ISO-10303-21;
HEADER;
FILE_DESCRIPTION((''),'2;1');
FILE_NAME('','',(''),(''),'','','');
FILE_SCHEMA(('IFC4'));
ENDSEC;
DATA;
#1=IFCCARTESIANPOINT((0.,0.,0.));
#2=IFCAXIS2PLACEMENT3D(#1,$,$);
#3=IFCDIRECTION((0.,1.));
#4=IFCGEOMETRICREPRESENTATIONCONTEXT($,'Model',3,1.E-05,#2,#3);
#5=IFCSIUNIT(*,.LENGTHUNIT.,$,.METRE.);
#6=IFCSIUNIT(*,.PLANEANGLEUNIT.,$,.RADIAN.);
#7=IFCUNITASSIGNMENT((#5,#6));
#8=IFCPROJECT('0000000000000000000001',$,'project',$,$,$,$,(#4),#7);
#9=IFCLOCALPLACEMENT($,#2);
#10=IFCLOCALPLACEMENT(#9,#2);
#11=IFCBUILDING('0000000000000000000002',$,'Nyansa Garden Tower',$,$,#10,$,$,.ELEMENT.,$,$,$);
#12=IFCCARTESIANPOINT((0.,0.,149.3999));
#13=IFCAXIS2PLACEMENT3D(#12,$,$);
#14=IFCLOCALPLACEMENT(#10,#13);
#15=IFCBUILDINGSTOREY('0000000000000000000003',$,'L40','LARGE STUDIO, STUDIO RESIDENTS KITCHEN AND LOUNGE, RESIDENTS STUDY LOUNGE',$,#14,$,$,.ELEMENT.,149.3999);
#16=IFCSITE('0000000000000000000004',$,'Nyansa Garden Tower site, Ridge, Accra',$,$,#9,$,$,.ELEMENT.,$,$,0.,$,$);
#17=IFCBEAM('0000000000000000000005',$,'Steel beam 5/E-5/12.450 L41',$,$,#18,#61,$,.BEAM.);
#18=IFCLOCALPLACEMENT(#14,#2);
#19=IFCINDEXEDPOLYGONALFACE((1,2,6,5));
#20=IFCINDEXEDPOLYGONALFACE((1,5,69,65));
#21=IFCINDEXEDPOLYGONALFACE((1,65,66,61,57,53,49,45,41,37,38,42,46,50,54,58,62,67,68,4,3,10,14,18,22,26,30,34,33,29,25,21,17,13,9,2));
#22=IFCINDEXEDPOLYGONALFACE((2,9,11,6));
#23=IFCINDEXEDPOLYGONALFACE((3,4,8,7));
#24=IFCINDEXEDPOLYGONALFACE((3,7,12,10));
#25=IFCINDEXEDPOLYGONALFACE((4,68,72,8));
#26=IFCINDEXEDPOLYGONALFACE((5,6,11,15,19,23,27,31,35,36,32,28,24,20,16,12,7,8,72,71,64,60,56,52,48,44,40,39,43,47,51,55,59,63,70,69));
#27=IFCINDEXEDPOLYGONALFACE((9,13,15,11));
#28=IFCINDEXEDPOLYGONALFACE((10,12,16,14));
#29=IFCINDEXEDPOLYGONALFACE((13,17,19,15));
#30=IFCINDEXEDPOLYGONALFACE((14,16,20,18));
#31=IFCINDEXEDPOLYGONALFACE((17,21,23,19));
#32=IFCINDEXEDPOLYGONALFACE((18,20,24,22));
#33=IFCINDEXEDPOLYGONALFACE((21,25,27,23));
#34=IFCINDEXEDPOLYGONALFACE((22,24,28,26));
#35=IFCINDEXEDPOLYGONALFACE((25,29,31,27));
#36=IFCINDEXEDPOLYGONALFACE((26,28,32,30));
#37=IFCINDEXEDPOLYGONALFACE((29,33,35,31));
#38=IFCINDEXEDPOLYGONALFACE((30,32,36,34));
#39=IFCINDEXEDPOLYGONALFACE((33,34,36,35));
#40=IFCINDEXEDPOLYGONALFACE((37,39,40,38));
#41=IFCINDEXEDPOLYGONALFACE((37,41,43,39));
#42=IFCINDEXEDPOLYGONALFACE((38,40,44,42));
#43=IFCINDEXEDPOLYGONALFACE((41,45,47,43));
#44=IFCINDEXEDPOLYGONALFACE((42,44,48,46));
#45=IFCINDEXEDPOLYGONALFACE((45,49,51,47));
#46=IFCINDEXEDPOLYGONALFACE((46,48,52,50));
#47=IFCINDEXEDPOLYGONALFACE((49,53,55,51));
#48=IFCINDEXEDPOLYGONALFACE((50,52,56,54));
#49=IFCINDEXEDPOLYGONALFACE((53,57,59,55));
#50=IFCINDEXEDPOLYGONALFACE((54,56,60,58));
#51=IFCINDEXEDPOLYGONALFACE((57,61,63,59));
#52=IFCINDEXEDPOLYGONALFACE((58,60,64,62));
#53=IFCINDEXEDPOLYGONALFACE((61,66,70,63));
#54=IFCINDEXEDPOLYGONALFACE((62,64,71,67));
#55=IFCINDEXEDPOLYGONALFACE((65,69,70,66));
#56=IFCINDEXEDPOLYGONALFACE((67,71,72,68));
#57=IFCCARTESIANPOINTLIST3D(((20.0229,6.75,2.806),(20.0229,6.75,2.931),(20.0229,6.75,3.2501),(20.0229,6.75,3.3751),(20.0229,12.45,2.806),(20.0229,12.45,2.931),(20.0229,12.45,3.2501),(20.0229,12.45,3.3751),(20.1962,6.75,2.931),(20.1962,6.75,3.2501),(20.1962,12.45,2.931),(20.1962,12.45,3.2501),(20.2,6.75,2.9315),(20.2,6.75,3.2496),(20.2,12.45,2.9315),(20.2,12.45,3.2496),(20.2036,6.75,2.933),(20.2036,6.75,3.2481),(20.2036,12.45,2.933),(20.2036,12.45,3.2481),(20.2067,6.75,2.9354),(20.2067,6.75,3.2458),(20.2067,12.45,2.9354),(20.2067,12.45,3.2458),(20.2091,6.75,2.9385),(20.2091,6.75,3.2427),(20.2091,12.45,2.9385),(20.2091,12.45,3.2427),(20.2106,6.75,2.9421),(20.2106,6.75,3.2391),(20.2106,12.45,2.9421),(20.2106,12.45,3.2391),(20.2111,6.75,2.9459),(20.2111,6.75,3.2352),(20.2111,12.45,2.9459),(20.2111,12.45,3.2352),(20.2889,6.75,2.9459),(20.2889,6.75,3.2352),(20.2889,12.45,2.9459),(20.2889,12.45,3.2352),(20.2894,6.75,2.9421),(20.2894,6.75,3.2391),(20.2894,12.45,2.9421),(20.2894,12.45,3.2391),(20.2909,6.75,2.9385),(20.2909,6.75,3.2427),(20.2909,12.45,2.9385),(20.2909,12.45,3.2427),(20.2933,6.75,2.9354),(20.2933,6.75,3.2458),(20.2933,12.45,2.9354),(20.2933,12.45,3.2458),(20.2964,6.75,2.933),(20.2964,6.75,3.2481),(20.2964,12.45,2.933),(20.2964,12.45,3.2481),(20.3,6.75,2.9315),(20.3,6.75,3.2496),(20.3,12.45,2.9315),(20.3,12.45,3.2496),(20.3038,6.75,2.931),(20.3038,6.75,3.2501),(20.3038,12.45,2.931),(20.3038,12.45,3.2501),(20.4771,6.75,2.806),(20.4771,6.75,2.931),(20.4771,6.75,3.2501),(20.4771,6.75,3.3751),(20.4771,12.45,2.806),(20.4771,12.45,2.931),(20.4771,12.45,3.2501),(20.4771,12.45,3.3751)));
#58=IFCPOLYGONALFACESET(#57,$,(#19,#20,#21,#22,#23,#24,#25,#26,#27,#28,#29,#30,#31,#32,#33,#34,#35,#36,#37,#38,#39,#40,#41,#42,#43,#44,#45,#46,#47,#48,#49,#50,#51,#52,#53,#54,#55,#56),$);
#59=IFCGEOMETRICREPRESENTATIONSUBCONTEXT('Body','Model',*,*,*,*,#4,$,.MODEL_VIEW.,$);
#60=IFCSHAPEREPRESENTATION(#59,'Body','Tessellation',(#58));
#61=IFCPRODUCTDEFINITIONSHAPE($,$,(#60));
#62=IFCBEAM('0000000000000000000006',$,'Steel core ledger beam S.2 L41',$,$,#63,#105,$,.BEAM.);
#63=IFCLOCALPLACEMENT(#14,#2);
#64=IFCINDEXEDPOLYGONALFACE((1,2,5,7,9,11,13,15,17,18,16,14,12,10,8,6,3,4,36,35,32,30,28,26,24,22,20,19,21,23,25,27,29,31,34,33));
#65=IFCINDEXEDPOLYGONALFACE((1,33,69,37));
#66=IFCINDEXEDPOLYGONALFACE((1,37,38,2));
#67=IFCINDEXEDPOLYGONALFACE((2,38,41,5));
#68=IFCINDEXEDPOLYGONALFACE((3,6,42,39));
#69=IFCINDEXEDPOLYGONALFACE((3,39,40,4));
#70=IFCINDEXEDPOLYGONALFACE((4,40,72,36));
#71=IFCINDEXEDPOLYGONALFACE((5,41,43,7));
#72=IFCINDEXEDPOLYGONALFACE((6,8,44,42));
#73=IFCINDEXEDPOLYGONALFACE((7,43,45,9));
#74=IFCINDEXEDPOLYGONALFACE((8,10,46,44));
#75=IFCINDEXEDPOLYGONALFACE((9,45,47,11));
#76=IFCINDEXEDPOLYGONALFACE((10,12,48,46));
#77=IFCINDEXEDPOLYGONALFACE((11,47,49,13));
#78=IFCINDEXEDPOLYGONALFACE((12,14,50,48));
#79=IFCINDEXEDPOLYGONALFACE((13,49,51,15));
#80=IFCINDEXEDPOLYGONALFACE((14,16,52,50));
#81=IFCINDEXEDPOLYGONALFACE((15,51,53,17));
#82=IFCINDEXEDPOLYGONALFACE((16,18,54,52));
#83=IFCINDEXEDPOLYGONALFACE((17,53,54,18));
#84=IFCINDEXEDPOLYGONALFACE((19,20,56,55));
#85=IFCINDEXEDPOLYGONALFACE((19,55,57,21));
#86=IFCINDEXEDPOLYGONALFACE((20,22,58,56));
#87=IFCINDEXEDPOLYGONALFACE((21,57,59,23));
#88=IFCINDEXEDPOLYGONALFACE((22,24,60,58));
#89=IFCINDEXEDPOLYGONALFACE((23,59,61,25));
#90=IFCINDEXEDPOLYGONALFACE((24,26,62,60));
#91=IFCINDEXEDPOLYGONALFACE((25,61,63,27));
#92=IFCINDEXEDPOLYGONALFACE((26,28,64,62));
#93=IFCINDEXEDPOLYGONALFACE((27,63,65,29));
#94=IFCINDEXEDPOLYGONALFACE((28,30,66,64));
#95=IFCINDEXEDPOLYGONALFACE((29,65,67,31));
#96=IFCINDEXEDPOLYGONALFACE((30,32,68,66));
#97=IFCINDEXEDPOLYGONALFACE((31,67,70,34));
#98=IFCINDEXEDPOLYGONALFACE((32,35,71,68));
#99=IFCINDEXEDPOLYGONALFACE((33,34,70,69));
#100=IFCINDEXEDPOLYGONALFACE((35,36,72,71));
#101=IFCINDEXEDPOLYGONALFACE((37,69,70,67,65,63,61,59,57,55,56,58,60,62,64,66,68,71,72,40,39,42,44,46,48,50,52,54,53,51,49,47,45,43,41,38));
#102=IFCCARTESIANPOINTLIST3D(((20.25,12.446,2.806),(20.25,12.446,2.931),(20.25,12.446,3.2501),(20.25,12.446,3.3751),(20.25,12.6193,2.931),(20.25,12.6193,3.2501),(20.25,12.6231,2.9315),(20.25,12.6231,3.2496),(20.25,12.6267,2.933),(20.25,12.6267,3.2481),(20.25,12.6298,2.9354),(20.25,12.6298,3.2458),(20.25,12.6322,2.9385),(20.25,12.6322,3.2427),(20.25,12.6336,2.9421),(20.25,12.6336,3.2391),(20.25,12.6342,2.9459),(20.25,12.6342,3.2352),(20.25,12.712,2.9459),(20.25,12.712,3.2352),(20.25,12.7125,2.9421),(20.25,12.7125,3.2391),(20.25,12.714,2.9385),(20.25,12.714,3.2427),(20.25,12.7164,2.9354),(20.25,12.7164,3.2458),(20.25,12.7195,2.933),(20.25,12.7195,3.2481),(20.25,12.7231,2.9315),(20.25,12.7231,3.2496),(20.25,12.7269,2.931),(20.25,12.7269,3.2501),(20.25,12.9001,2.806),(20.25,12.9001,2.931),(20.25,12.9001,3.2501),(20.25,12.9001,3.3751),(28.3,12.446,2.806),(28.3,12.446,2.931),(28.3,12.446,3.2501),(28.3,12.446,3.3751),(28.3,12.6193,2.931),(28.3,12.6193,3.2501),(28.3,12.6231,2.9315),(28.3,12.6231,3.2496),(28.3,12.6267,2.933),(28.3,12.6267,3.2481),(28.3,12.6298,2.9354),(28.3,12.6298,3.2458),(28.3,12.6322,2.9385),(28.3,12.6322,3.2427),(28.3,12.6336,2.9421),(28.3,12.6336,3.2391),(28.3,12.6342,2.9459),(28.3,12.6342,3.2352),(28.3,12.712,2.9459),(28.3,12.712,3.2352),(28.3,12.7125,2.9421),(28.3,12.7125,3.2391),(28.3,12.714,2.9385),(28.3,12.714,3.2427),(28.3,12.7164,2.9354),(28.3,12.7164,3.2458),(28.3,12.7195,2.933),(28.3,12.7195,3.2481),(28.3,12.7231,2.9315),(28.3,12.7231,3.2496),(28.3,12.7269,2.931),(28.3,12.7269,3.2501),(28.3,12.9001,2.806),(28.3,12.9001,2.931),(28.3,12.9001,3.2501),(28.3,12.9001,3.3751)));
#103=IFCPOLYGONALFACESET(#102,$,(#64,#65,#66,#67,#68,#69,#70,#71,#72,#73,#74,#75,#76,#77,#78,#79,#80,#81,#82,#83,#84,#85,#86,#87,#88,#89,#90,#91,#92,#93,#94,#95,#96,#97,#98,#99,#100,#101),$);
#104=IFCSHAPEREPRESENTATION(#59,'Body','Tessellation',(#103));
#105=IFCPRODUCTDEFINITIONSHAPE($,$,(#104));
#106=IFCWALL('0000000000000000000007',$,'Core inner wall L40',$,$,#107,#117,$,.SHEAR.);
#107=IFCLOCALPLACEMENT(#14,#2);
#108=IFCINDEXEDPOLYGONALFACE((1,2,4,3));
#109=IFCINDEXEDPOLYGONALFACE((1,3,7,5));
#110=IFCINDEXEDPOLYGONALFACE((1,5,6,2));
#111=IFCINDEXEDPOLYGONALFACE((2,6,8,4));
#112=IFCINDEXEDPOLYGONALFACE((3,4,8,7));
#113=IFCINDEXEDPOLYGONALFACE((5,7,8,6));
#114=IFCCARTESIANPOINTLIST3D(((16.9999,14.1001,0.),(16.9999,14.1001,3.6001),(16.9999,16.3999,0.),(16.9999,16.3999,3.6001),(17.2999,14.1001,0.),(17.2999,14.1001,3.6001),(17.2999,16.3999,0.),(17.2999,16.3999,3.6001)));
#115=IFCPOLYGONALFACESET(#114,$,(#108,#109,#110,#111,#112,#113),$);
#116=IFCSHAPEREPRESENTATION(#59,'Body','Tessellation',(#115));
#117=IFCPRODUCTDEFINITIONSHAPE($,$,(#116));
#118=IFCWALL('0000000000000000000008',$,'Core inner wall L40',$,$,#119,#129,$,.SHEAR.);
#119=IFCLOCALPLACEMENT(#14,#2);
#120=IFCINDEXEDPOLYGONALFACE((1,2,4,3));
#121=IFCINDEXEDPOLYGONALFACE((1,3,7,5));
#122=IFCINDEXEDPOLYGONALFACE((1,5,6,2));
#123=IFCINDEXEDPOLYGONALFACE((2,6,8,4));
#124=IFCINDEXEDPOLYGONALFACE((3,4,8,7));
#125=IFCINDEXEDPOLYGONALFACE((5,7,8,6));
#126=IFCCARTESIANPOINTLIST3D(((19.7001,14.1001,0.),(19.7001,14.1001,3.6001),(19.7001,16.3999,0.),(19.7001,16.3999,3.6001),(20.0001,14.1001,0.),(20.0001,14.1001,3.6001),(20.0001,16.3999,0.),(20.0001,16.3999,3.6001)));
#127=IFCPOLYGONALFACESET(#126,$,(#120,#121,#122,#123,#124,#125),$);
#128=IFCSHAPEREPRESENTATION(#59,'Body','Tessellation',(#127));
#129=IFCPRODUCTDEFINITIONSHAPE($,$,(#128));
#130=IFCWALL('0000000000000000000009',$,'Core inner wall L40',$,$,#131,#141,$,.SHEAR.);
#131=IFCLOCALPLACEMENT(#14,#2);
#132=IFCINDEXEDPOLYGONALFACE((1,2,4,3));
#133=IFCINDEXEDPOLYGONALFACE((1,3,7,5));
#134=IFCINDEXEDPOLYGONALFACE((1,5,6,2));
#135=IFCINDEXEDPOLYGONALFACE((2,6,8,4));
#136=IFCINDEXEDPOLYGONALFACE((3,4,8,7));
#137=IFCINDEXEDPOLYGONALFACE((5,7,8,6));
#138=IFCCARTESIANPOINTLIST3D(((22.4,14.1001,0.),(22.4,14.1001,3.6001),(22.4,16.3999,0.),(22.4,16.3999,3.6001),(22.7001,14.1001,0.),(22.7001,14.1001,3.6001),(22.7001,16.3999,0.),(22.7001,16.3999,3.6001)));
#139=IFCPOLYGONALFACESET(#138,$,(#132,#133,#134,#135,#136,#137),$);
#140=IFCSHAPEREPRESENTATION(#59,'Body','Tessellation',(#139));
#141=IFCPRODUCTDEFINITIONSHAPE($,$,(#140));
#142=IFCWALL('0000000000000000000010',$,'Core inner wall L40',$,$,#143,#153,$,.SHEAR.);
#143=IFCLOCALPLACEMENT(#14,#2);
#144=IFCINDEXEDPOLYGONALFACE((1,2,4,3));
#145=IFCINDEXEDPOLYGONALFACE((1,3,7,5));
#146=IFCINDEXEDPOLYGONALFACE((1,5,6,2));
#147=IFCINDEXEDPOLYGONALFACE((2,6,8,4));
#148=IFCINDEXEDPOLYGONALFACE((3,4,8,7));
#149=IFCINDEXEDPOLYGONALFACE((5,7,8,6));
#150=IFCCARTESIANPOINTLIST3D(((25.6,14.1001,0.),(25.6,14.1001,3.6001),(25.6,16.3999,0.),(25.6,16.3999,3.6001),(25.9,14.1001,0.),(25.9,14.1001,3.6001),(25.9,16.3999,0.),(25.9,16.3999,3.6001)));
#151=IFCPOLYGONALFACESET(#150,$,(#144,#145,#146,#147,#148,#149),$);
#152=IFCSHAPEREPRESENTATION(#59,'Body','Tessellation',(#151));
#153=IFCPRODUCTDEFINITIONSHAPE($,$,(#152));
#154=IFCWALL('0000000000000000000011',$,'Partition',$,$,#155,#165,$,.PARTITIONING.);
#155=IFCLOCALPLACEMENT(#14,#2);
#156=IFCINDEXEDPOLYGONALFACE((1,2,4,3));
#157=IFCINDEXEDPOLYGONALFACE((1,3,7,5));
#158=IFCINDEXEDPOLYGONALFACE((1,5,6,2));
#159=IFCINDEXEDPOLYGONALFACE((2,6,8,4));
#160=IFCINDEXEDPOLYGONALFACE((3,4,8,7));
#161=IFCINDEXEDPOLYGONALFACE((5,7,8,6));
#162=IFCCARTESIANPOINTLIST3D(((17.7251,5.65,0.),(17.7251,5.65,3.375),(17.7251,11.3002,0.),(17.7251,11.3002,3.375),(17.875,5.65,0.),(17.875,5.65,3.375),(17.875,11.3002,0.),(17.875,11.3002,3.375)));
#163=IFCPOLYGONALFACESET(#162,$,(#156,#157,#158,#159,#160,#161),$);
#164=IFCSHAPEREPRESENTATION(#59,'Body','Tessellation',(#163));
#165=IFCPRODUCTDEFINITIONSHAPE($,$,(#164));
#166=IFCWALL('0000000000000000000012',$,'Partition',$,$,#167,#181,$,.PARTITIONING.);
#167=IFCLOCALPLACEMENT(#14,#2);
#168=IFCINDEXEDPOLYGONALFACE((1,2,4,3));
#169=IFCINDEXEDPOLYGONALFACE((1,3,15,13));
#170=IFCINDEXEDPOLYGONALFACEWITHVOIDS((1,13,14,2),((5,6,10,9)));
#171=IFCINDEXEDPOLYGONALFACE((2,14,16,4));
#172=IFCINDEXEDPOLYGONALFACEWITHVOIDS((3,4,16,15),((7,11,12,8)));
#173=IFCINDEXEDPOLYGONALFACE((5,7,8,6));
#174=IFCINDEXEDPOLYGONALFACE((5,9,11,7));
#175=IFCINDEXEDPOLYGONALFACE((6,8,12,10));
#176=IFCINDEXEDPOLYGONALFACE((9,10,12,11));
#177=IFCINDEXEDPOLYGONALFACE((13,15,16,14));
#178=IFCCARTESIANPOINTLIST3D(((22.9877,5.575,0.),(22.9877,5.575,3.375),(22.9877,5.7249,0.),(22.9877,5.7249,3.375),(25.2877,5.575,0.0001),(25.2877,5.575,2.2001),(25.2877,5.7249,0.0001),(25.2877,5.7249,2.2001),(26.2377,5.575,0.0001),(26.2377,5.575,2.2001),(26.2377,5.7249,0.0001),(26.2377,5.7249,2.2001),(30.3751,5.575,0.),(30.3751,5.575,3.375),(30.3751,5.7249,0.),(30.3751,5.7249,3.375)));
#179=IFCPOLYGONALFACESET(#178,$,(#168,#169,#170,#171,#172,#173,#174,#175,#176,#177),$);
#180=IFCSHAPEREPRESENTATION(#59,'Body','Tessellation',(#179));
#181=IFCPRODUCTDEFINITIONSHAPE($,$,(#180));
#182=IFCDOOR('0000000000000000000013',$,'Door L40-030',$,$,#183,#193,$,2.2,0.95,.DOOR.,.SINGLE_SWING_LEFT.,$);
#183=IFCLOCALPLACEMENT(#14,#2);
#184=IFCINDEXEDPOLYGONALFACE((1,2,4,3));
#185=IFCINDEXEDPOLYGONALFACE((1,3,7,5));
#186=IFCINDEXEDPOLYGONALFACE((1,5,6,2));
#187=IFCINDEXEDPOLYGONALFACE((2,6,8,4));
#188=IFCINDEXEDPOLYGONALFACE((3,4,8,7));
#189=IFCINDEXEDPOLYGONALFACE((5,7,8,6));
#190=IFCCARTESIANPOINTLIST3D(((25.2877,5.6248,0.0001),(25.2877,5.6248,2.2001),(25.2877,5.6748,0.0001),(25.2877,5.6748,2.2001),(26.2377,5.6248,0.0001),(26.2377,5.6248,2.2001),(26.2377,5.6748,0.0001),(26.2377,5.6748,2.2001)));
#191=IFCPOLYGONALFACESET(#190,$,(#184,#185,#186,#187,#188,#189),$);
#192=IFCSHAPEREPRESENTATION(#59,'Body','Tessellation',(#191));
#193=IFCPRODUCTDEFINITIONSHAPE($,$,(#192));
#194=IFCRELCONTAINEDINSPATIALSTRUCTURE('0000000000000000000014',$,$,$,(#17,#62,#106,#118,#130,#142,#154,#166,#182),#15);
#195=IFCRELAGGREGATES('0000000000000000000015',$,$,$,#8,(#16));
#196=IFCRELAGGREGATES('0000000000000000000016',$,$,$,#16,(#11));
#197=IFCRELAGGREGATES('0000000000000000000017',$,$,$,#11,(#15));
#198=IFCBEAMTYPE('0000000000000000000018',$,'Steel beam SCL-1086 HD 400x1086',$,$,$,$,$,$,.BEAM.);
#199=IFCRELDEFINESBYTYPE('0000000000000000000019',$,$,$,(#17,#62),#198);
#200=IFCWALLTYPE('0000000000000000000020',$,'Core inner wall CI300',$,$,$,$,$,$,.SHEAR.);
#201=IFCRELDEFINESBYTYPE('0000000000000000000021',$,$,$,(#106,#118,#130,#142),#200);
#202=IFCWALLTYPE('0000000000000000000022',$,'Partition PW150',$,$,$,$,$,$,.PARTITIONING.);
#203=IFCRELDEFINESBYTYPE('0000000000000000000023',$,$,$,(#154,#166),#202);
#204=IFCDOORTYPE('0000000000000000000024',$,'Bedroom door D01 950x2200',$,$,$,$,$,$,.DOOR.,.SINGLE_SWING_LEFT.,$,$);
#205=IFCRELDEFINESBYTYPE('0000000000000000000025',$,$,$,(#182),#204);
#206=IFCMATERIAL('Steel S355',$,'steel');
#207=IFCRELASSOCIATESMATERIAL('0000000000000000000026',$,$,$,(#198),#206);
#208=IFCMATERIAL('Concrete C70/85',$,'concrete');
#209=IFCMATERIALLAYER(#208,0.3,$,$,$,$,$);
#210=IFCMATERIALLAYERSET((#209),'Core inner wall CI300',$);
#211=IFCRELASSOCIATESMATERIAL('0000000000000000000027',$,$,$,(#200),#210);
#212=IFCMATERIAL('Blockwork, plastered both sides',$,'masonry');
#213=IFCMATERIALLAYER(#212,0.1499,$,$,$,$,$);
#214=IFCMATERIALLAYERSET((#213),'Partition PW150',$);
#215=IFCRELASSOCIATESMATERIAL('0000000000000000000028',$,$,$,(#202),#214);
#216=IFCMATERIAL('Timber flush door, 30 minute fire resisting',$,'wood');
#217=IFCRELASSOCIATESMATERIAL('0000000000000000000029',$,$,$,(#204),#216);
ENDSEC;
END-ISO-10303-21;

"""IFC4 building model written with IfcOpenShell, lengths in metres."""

from ifc_helpers import new_model, si_unit, direction, frame, frame_2d, origin, origin_2d, place, context, subcontext, project, spatial, rectangle, i_section, extrude, material, layer, layer_set, material_profile, profile_set, type_object, element, fill, save


model = new_model("IFC4")

# Units and contexts
model_context = context("Model", 3, precision=1e-05, world=origin(), true_north=direction((0.0, 1.0)))
body_context = subcontext(model_context, "Body", "Model", "MODEL_VIEW")
ifc_project = project(units=[si_unit("LENGTHUNIT", "METRE"), si_unit("PLANEANGLEUNIT", "RADIAN")], contexts=[model_context])

# Site, building, storey
site_placement = place(None, origin())
site = spatial("IfcSite", under=ifc_project, at=site_placement, Name="Nyansa Garden Tower site, Ridge, Accra", CompositionType="ELEMENT", RefElevation=0.0)
building_placement = place(site_placement, origin())
building = spatial("IfcBuilding", under=site, at=building_placement, Name="Nyansa Garden Tower", CompositionType="ELEMENT")
storey_placement = place(building_placement, frame((0.0, 0.0, 149.3999)))
storey = spatial("IfcBuildingStorey", under=building, at=storey_placement, Name="L40", Description="LARGE STUDIO, STUDIO RESIDENTS KITCHEN AND LOUNGE, RESIDENTS STUDY LOUNGE", CompositionType="ELEMENT", Elevation=149.3999)

# Beams
ifc_material_1 = material(Name="Steel S355", Category="steel")
ifc_material_profile_1 = material_profile(ifc_material_1, i_section(OverallWidth=0.4541, OverallDepth=0.5691, WebThickness=0.0779, FlangeThickness=0.125, FilletRadius=0.0149, at=origin_2d()), Name="HD 400x1086")
ifc_profile_set_1 = profile_set([ifc_material_profile_1], Name="Steel S355")
beam_type_1 = type_object("IfcBeamType", Name="Steel beam SCL-1086 HD 400x1086", PredefinedType="BEAM", material=ifc_profile_set_1)
beam_1_placement = place(storey_placement, frame((20.25, 6.75, 3.0906), z_axis=(0.0, 1.0, 0.0), x_axis=(-1.0, 0.0, 0.0)))
element("IfcBeam", 1, at=beam_1_placement, inside=storey, type_object=beam_type_1, Name="Steel beam 5/E-5/12.450 L41", PredefinedType="BEAM", context=body_context, shape_type="SweptSolid", body=[
    extrude(i_section(OverallWidth=0.4541, OverallDepth=0.5691, WebThickness=0.0779, FlangeThickness=0.125, FilletRadius=0.0149, at=origin_2d()), origin(), (0.0, 0.0, 1.0), 5.7),
])
beam_2_placement = place(storey_placement, frame((20.25, 12.6731, 3.0906), z_axis=(1.0, 0.0, 0.0), x_axis=(0.0, 1.0, 0.0)))
element("IfcBeam", 2, at=beam_2_placement, inside=storey, type_object=beam_type_1, Name="Steel core ledger beam S.2 L41", PredefinedType="BEAM", context=body_context, shape_type="SweptSolid", body=[
    extrude(i_section(OverallWidth=0.4541, OverallDepth=0.5691, WebThickness=0.0779, FlangeThickness=0.125, FilletRadius=0.0149, at=origin_2d()), origin(), (0.0, 0.0, 1.0), 8.05),
])

# Walls
ifc_material_2 = material(Name="Concrete C70/85", Category="concrete")
ifc_layer_1 = layer(ifc_material_2, 0.3)
ifc_layer_set_1 = layer_set([ifc_layer_1], Name="Core inner wall CI300")
wall_type_1 = type_object("IfcWallType", Name="Core inner wall CI300", PredefinedType="SHEAR", material=ifc_layer_set_1)
for number, where, z_axis, x_axis, name in (
    (3, (17.1499, 14.1001, 0.0), (0.0, 0.0, 1.0), (0.0, 1.0, 0.0), "Core inner wall L40"),
    (4, (19.8501, 14.1001, 0.0), (0.0, 0.0, 1.0), (0.0, 1.0, 0.0), "Core inner wall L40"),
    (5, (22.55, 14.1001, 0.0), (0.0, 0.0, 1.0), (0.0, 1.0, 0.0), "Core inner wall L40"),
    (6, (25.75, 14.1001, 0.0), (0.0, 0.0, 1.0), (0.0, 1.0, 0.0), "Core inner wall L40"),
):
    element("IfcWall", number, at=place(storey_placement, frame(where, z_axis=z_axis, x_axis=x_axis)), inside=storey, type_object=wall_type_1, Name=name, PredefinedType="SHEAR", context=body_context, shape_type="SweptSolid", body=[
        extrude(rectangle(XDim=2.2998, YDim=0.3, at=frame_2d((1.1499, 0.0))), origin(), (0.0, 0.0, 1.0), 3.6001),
    ])
ifc_material_3 = material(Name="Blockwork, plastered both sides", Category="masonry")
ifc_layer_2 = layer(ifc_material_3, 0.1499)
ifc_layer_set_2 = layer_set([ifc_layer_2], Name="Partition PW150")
wall_type_2 = type_object("IfcWallType", Name="Partition PW150", PredefinedType="PARTITIONING", material=ifc_layer_set_2)
wall_1_placement = place(storey_placement, frame((17.8, 5.6499, 0.0), z_axis=(0.0, 0.0, 1.0), x_axis=(0.0, 1.0, 0.0)))
element("IfcWall", 7, at=wall_1_placement, inside=storey, type_object=wall_type_2, Name="Partition", PredefinedType="PARTITIONING", context=body_context, shape_type="SweptSolid", body=[
    extrude(rectangle(XDim=5.6501, YDim=0.1499, at=frame_2d((2.8252, 0.0))), origin(), (0.0, 0.0, 1.0), 3.375),
])

# Wall, opening, door
wall_2_placement = place(storey_placement, frame((22.9875, 5.6499, 0.0), z_axis=(0.0, 0.0, 1.0), x_axis=(1.0, 0.0, 0.0)))
wall_2 = element("IfcWall", 8, at=wall_2_placement, inside=storey, type_object=wall_type_2, Name="Partition", PredefinedType="PARTITIONING", context=body_context, shape_type="SweptSolid", body=[
    extrude(rectangle(XDim=7.3875, YDim=0.1499, at=frame_2d((3.6938, 0.0))), origin(), (0.0, 0.0, 1.0), 3.375),
])
opening_1_placement = place(wall_2_placement, frame((2.3, 0.0, 0.0)))
opening_1 = element("IfcOpeningElement", 9, at=opening_1_placement, cuts=wall_2, PredefinedType="OPENING", context=body_context, shape_type="SweptSolid", body=[
    extrude(rectangle(XDim=0.95, YDim=2.2, at=frame_2d((0.4751, 1.1001))), frame((0.0, 0.085, 0.0), z_axis=(0.0, -1.0, 0.0), x_axis=(1.0, 0.0, 0.0)), (0.0, 0.0, 1.0), 0.1699),
])
ifc_material_4 = material(Name="Timber flush door, 30 minute fire resisting", Category="wood")
door_type_1 = type_object("IfcDoorType", Name="Bedroom door D01 950x2200", OperationType="SINGLE_SWING_LEFT", PredefinedType="DOOR", material=ifc_material_4)
door_1_placement = place(opening_1_placement, origin())
door_1 = element("IfcDoor", 10, at=door_1_placement, inside=storey, type_object=door_type_1, Name="Door L40-030", OperationType="SINGLE_SWING_LEFT", OverallHeight=2.2, OverallWidth=0.95, PredefinedType="DOOR", context=body_context, shape_type="SweptSolid", body=[
    extrude(rectangle(XDim=0.95, YDim=2.2, at=frame_2d((0.4751, 1.1001))), frame((0.0, 0.0249, 0.0), z_axis=(0.0, -1.0, 0.0), x_axis=(1.0, 0.0, 0.0)), (0.0, 0.0, 1.0), 0.05),
])
fill(opening_1, door_1)

save(model, "model.ifc")
